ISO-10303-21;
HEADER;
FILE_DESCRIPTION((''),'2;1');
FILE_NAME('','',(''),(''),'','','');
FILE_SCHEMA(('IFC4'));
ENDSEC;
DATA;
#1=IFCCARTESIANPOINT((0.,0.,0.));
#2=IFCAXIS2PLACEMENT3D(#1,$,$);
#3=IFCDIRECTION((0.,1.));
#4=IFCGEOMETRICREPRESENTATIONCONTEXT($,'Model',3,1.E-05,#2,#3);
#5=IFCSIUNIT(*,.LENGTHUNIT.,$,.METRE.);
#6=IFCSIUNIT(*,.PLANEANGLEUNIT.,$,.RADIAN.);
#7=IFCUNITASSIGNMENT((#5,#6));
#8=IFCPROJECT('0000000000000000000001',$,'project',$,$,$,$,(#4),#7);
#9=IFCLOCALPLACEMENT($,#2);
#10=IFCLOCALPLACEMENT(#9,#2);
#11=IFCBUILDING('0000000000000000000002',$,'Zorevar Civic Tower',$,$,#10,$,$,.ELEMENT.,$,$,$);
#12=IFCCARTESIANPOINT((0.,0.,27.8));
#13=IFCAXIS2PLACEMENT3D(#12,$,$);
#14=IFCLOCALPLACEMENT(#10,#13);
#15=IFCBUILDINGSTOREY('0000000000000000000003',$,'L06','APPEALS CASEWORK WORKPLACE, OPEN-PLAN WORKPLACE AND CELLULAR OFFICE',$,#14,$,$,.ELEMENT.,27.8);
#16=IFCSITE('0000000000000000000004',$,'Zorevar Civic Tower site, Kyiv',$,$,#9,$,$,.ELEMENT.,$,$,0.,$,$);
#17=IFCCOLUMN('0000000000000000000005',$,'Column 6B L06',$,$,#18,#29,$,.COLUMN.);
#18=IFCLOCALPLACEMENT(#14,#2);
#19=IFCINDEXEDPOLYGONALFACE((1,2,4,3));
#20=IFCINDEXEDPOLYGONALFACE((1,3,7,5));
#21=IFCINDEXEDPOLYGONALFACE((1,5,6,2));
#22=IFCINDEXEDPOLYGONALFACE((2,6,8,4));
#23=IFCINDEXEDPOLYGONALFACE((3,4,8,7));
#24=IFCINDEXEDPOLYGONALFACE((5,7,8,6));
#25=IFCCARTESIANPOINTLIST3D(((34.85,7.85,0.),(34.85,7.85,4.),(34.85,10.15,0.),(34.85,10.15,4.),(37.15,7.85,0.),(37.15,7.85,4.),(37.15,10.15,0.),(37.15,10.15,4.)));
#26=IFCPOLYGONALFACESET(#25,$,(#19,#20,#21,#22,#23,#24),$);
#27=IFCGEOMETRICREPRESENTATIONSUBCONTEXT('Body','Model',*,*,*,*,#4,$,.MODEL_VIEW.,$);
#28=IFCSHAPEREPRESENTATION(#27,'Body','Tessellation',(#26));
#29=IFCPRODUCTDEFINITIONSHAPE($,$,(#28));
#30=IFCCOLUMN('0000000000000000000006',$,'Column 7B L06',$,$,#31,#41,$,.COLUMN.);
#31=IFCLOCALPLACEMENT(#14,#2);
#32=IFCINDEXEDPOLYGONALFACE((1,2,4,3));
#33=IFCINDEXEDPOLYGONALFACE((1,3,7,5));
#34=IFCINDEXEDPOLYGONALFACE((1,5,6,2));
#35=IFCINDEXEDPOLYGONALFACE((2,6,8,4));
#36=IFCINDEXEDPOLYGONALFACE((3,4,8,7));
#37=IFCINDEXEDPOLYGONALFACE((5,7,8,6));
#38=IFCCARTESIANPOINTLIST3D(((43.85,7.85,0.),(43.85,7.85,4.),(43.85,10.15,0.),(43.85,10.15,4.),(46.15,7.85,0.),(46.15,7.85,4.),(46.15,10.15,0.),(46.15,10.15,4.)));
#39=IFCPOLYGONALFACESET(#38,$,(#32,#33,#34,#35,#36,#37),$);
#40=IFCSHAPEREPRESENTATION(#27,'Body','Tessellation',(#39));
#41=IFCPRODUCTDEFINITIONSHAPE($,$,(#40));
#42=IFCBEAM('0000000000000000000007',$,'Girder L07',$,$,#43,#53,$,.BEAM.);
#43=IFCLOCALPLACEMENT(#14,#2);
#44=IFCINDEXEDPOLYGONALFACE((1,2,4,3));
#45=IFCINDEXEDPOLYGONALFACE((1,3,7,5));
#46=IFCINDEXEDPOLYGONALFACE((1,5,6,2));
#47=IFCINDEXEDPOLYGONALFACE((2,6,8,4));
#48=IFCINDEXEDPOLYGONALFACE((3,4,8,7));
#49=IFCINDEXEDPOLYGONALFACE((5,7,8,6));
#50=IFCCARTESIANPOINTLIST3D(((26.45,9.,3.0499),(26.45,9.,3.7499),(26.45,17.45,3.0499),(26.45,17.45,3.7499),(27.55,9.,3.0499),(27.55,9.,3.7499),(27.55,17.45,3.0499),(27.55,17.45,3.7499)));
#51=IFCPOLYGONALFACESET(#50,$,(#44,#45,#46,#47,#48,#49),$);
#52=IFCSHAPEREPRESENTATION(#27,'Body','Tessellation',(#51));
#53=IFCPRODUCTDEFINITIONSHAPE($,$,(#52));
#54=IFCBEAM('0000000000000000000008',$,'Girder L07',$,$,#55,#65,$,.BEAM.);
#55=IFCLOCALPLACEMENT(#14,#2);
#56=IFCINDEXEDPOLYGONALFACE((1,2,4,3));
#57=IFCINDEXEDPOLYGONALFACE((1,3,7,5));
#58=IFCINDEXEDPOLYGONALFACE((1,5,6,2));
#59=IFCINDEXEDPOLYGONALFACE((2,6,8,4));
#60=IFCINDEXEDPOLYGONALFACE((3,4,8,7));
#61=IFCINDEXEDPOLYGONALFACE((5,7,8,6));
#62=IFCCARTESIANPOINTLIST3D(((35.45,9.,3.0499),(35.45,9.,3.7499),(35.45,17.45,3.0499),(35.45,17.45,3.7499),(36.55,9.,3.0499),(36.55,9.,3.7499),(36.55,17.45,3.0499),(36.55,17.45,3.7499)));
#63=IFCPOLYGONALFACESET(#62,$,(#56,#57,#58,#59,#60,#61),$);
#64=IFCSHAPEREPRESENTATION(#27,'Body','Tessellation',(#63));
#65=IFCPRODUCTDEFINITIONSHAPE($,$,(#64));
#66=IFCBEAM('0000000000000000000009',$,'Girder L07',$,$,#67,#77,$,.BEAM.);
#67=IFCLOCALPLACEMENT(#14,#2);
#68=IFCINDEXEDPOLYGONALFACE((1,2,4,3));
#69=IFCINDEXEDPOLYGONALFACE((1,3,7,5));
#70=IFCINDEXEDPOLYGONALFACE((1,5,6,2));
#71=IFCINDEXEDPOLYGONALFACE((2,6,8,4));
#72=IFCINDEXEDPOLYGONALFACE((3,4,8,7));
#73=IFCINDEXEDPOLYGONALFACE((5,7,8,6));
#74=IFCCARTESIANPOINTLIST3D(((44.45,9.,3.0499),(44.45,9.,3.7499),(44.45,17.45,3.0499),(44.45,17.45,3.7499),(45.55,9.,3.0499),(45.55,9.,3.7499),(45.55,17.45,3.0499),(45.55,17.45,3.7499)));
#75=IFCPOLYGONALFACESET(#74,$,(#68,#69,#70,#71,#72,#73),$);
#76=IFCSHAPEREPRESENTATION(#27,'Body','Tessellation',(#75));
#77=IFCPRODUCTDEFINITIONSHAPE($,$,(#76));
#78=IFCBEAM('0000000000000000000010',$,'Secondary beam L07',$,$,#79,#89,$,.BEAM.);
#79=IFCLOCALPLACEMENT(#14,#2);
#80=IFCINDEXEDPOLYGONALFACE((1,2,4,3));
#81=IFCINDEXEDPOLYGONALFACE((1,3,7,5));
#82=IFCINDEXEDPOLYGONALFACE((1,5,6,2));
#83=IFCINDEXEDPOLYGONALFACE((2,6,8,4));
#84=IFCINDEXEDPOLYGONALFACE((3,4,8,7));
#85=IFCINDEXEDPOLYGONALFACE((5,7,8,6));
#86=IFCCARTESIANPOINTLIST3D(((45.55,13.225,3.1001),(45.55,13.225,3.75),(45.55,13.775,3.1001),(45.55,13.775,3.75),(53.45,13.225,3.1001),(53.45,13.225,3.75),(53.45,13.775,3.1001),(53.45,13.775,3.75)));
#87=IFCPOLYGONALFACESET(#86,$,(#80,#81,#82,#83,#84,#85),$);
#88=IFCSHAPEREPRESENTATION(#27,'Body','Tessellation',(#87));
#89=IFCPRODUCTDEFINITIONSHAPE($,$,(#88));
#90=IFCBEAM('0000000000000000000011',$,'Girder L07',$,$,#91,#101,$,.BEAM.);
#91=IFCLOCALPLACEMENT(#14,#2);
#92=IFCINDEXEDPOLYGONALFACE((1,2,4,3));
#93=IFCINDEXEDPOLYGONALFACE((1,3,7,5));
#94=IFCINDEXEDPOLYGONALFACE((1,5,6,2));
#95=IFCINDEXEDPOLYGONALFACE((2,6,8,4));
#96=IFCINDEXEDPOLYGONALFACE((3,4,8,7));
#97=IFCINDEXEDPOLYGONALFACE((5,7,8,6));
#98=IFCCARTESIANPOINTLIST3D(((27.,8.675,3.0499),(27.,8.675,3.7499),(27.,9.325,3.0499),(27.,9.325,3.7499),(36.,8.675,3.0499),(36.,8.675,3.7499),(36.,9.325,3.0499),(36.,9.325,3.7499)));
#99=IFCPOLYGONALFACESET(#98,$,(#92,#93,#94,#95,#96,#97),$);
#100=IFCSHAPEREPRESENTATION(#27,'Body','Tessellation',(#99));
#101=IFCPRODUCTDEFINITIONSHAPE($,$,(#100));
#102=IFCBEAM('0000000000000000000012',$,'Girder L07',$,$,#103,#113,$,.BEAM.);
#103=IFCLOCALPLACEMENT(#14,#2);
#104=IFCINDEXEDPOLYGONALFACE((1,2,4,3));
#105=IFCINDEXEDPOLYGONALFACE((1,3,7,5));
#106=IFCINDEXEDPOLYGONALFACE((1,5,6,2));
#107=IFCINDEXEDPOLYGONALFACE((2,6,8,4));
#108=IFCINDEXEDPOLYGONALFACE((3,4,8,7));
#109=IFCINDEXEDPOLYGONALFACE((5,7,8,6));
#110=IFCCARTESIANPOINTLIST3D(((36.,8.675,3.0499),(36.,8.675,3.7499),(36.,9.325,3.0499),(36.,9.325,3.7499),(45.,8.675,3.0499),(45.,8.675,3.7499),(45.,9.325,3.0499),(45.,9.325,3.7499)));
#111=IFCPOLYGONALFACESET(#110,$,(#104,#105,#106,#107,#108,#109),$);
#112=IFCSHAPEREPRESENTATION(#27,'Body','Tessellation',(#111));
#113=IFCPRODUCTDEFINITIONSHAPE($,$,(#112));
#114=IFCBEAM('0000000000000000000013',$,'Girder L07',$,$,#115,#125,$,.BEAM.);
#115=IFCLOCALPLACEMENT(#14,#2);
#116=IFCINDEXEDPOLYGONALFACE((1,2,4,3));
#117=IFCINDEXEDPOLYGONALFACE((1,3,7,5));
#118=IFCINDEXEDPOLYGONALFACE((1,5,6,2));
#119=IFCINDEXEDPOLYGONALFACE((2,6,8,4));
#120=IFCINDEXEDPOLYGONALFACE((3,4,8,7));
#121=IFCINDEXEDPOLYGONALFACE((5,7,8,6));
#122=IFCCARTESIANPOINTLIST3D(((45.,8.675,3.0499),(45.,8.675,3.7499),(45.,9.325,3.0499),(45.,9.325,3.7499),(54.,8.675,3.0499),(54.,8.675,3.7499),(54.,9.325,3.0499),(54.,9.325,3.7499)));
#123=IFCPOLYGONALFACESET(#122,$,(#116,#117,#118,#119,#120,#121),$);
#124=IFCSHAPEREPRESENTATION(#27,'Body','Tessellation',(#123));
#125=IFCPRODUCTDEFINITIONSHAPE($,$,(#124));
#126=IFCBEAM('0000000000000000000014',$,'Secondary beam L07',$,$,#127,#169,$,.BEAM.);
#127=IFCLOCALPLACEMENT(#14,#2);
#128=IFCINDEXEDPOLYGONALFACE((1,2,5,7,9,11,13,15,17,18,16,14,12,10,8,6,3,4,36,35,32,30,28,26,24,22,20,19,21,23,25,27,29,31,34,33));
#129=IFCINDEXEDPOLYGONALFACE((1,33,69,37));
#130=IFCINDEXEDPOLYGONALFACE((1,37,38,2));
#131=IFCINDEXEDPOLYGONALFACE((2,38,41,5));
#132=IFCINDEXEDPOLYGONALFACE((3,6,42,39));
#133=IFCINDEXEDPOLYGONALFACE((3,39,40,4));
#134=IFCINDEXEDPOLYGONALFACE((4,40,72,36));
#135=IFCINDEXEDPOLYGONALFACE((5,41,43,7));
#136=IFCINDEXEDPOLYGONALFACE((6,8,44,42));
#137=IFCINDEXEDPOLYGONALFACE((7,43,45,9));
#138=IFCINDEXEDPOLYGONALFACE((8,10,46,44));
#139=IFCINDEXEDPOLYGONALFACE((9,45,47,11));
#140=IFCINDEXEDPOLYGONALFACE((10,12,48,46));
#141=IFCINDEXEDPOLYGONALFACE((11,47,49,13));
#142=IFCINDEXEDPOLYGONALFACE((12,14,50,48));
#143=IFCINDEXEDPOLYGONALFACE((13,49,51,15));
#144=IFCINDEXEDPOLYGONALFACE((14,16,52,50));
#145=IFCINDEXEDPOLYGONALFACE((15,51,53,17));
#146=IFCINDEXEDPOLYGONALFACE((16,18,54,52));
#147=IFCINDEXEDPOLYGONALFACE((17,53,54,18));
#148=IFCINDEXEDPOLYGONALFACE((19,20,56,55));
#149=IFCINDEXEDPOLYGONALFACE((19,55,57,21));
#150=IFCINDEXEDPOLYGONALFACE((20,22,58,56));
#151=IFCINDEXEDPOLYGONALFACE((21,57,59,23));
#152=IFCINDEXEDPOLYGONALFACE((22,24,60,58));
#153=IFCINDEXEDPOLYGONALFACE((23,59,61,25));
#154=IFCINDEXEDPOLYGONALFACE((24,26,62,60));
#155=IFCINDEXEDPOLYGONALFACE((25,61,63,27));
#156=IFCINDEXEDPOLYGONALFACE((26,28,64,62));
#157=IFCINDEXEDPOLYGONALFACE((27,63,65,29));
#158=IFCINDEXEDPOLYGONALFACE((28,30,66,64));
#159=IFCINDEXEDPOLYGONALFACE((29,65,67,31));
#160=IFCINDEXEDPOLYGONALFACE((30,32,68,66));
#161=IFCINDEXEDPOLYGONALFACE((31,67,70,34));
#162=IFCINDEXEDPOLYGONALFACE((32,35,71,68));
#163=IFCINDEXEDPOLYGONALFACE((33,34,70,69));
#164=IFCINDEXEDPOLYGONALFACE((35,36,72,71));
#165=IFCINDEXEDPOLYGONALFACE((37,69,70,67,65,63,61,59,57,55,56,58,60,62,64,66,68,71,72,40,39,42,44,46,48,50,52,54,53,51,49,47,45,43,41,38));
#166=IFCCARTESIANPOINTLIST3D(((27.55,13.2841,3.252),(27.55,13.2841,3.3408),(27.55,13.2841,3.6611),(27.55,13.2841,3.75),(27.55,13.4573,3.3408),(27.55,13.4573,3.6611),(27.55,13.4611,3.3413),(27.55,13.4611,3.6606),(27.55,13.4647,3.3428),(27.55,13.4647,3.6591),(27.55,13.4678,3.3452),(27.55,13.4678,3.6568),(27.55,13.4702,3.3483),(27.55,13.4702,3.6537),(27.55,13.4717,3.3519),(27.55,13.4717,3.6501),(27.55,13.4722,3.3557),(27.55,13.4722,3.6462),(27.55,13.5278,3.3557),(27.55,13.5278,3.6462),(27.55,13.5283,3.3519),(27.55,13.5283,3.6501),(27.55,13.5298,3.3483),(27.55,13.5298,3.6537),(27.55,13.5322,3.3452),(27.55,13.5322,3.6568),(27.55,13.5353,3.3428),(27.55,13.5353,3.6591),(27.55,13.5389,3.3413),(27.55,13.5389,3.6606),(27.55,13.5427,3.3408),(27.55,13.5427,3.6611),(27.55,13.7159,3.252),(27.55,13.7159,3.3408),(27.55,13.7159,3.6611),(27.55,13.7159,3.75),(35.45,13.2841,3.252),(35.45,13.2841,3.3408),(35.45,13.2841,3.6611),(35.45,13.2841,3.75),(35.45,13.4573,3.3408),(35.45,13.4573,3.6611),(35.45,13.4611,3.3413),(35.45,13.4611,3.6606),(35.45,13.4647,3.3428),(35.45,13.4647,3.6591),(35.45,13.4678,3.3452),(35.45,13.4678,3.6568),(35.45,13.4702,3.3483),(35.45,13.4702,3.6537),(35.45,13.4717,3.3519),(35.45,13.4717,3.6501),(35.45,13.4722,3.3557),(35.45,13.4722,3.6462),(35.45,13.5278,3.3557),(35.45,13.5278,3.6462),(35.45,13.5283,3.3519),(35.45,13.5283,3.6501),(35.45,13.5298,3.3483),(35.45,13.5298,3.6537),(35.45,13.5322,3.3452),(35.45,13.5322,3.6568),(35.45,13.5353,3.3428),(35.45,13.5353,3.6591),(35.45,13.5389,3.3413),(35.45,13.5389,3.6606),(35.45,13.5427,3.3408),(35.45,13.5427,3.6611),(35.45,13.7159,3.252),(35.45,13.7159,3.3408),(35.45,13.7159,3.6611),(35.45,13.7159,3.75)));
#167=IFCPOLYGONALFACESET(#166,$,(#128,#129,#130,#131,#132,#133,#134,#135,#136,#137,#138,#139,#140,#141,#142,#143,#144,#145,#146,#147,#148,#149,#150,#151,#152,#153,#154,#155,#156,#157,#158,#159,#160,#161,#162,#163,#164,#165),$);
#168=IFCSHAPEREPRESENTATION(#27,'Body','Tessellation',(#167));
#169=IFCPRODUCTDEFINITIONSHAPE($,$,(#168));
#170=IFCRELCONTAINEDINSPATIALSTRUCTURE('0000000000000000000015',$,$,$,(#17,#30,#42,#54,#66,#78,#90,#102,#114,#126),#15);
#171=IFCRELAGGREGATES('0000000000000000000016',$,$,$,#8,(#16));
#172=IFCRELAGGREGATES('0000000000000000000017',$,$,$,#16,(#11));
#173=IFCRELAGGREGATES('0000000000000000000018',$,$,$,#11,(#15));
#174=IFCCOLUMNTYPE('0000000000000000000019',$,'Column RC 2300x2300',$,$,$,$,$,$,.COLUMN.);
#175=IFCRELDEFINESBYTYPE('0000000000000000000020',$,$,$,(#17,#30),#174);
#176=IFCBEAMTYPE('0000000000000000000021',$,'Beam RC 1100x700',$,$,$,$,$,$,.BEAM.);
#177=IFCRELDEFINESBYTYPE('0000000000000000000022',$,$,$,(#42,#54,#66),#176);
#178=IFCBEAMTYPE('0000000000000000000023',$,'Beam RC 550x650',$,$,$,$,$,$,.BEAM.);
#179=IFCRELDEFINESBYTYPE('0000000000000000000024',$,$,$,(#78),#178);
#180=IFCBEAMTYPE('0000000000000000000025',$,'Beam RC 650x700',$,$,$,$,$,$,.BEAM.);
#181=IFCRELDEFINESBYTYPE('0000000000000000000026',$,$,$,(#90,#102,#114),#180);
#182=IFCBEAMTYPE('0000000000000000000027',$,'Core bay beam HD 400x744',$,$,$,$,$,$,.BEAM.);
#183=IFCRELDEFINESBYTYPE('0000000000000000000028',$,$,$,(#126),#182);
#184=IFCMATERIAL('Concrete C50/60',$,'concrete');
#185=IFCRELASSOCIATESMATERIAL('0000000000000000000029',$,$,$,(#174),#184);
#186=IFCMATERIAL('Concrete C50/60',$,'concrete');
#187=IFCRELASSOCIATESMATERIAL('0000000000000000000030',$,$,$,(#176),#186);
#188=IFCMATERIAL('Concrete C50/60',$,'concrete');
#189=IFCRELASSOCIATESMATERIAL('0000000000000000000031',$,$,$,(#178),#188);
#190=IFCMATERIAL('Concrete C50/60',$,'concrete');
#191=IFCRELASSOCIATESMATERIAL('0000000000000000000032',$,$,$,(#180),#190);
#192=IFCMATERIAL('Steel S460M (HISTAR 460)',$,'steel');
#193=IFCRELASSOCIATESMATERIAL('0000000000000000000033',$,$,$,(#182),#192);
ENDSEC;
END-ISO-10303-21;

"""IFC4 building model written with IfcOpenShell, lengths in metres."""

from ifc_helpers import new_model, si_unit, direction, frame, origin, origin_2d, place, context, subcontext, project, spatial, rectangle, i_section, extrude, material, material_profile, profile_set, type_object, element, save


model = new_model("IFC4")

# Units and contexts
model_context = context("Model", 3, precision=1e-05, world=origin(), true_north=direction((0.0, 1.0)))
body_context = subcontext(model_context, "Body", "Model", "MODEL_VIEW")
ifc_project = project(units=[si_unit("LENGTHUNIT", "METRE"), si_unit("PLANEANGLEUNIT", "RADIAN")], contexts=[model_context])

# Site, building, storey
site_placement = place(None, origin())
site = spatial("IfcSite", under=ifc_project, at=site_placement, Name="Zorevar Civic Tower site, Kyiv", CompositionType="ELEMENT", RefElevation=0.0)
building_placement = place(site_placement, origin())
building = spatial("IfcBuilding", under=site, at=building_placement, Name="Zorevar Civic Tower", CompositionType="ELEMENT")
storey_placement = place(building_placement, frame((0.0, 0.0, 27.8)))
storey = spatial("IfcBuildingStorey", under=building, at=storey_placement, Name="L06", Description="APPEALS CASEWORK WORKPLACE, OPEN-PLAN WORKPLACE AND CELLULAR OFFICE", CompositionType="ELEMENT", Elevation=27.8)

# Columns
ifc_material_1 = material(Name="Concrete C50/60", Category="concrete")
ifc_material_profile_1 = material_profile(ifc_material_1, rectangle(XDim=2.3, YDim=2.3, at=origin_2d()), Name="RC 2300x2300")
ifc_profile_set_1 = profile_set([ifc_material_profile_1], Name="Concrete C50/60")
column_type = type_object("IfcColumnType", Name="Column RC 2300x2300", PredefinedType="COLUMN", material=ifc_profile_set_1)
for number, where, z_axis, x_axis, name in (
    (1, (36.0, 9.0, 0.0), (0.0, 0.0, 1.0), (1.0, 0.0, 0.0), "Column 6B L06"),
    (2, (45.0, 9.0, 0.0), (0.0, 0.0, 1.0), (1.0, 0.0, 0.0), "Column 7B L06"),
):
    element("IfcColumn", number, at=place(storey_placement, frame(where, z_axis=z_axis, x_axis=x_axis)), inside=storey, type_object=column_type, Name=name, PredefinedType="COLUMN", context=body_context, shape_type="SweptSolid", body=[
        extrude(rectangle(XDim=2.3, YDim=2.3, at=origin_2d()), origin(), (0.0, 0.0, 1.0), 4.0),
    ])

# Beams
ifc_material_2 = material(Name="Concrete C50/60", Category="concrete")
ifc_material_profile_2 = material_profile(ifc_material_2, rectangle(XDim=1.1001, YDim=0.7, at=origin_2d()), Name="RC 1100x700")
ifc_profile_set_2 = profile_set([ifc_material_profile_2], Name="Concrete C50/60")
beam_type_1 = type_object("IfcBeamType", Name="Beam RC 1100x700", PredefinedType="BEAM", material=ifc_profile_set_2)
for number, where, z_axis, x_axis, name in (
    (3, (27.0, 9.0, 3.3999), (0.0, 1.0, 0.0), (-1.0, 0.0, 0.0), "Girder L07"),
    (4, (36.0, 9.0, 3.3999), (0.0, 1.0, 0.0), (-1.0, 0.0, 0.0), "Girder L07"),
    (5, (45.0, 9.0, 3.3999), (0.0, 1.0, 0.0), (-1.0, 0.0, 0.0), "Girder L07"),
):
    element("IfcBeam", number, at=place(storey_placement, frame(where, z_axis=z_axis, x_axis=x_axis)), inside=storey, type_object=beam_type_1, Name=name, PredefinedType="BEAM", context=body_context, shape_type="SweptSolid", body=[
        extrude(rectangle(XDim=1.1001, YDim=0.7, at=origin_2d()), origin(), (0.0, 0.0, 1.0), 8.45),
    ])
ifc_material_3 = material(Name="Concrete C50/60", Category="concrete")
ifc_material_profile_3 = material_profile(ifc_material_3, rectangle(XDim=0.55, YDim=0.6499, at=origin_2d()), Name="RC 550x650")
ifc_profile_set_3 = profile_set([ifc_material_profile_3], Name="Concrete C50/60")
beam_type_2 = type_object("IfcBeamType", Name="Beam RC 550x650", PredefinedType="BEAM", material=ifc_profile_set_3)
beam_placement = place(storey_placement, frame((45.55, 13.5, 3.425), z_axis=(1.0, 0.0, 0.0), x_axis=(0.0, 1.0, 0.0)))
element("IfcBeam", 6, at=beam_placement, inside=storey, type_object=beam_type_2, Name="Secondary beam L07", PredefinedType="BEAM", context=body_context, shape_type="SweptSolid", body=[
    extrude(rectangle(XDim=0.55, YDim=0.6499, at=origin_2d()), origin(), (0.0, 0.0, 1.0), 7.8999),
])
ifc_material_4 = material(Name="Concrete C50/60", Category="concrete")
ifc_material_profile_4 = material_profile(ifc_material_4, rectangle(XDim=0.6499, YDim=0.7, at=origin_2d()), Name="RC 650x700")
ifc_profile_set_4 = profile_set([ifc_material_profile_4], Name="Concrete C50/60")
beam_type_3 = type_object("IfcBeamType", Name="Beam RC 650x700", PredefinedType="BEAM", material=ifc_profile_set_4)
for number, where, z_axis, x_axis, name in (
    (7, (27.0, 9.0, 3.3999), (1.0, 0.0, 0.0), (0.0, 1.0, 0.0), "Girder L07"),
    (8, (36.0, 9.0, 3.3999), (1.0, 0.0, 0.0), (0.0, 1.0, 0.0), "Girder L07"),
    (9, (45.0, 9.0, 3.3999), (1.0, 0.0, 0.0), (0.0, 1.0, 0.0), "Girder L07"),
):
    element("IfcBeam", number, at=place(storey_placement, frame(where, z_axis=z_axis, x_axis=x_axis)), inside=storey, type_object=beam_type_3, Name=name, PredefinedType="BEAM", context=body_context, shape_type="SweptSolid", body=[
        extrude(rectangle(XDim=0.6499, YDim=0.7, at=origin_2d()), origin(), (0.0, 0.0, 1.0), 9.0),
    ])
ifc_material_5 = material(Name="Steel S460M (HISTAR 460)", Category="steel")
ifc_material_profile_5 = material_profile(ifc_material_5, i_section(OverallWidth=0.4319, OverallDepth=0.498, WebThickness=0.0557, FlangeThickness=0.0889, FilletRadius=0.0149, at=origin_2d()), Name="HD 400x744")
ifc_profile_set_5 = profile_set([ifc_material_profile_5], Name="Steel S460M (HISTAR 460)")
beam_type_4 = type_object("IfcBeamType", Name="Core bay beam HD 400x744", PredefinedType="BEAM", material=ifc_profile_set_5)
for number, where, z_axis, x_axis, name in (
    (10, (27.55, 13.5, 3.501), (1.0, 0.0, 0.0), (0.0, 1.0, 0.0), "Secondary beam L07"),
):
    element("IfcBeam", number, at=place(storey_placement, frame(where, z_axis=z_axis, x_axis=x_axis)), inside=storey, type_object=beam_type_4, Name=name, PredefinedType="BEAM", context=body_context, shape_type="SweptSolid", body=[
        extrude(i_section(OverallWidth=0.4319, OverallDepth=0.498, WebThickness=0.0557, FlangeThickness=0.0889, FilletRadius=0.0149, at=origin_2d()), origin(), (0.0, 0.0, 1.0), 7.8999),
    ])

save(model, "model.ifc")
